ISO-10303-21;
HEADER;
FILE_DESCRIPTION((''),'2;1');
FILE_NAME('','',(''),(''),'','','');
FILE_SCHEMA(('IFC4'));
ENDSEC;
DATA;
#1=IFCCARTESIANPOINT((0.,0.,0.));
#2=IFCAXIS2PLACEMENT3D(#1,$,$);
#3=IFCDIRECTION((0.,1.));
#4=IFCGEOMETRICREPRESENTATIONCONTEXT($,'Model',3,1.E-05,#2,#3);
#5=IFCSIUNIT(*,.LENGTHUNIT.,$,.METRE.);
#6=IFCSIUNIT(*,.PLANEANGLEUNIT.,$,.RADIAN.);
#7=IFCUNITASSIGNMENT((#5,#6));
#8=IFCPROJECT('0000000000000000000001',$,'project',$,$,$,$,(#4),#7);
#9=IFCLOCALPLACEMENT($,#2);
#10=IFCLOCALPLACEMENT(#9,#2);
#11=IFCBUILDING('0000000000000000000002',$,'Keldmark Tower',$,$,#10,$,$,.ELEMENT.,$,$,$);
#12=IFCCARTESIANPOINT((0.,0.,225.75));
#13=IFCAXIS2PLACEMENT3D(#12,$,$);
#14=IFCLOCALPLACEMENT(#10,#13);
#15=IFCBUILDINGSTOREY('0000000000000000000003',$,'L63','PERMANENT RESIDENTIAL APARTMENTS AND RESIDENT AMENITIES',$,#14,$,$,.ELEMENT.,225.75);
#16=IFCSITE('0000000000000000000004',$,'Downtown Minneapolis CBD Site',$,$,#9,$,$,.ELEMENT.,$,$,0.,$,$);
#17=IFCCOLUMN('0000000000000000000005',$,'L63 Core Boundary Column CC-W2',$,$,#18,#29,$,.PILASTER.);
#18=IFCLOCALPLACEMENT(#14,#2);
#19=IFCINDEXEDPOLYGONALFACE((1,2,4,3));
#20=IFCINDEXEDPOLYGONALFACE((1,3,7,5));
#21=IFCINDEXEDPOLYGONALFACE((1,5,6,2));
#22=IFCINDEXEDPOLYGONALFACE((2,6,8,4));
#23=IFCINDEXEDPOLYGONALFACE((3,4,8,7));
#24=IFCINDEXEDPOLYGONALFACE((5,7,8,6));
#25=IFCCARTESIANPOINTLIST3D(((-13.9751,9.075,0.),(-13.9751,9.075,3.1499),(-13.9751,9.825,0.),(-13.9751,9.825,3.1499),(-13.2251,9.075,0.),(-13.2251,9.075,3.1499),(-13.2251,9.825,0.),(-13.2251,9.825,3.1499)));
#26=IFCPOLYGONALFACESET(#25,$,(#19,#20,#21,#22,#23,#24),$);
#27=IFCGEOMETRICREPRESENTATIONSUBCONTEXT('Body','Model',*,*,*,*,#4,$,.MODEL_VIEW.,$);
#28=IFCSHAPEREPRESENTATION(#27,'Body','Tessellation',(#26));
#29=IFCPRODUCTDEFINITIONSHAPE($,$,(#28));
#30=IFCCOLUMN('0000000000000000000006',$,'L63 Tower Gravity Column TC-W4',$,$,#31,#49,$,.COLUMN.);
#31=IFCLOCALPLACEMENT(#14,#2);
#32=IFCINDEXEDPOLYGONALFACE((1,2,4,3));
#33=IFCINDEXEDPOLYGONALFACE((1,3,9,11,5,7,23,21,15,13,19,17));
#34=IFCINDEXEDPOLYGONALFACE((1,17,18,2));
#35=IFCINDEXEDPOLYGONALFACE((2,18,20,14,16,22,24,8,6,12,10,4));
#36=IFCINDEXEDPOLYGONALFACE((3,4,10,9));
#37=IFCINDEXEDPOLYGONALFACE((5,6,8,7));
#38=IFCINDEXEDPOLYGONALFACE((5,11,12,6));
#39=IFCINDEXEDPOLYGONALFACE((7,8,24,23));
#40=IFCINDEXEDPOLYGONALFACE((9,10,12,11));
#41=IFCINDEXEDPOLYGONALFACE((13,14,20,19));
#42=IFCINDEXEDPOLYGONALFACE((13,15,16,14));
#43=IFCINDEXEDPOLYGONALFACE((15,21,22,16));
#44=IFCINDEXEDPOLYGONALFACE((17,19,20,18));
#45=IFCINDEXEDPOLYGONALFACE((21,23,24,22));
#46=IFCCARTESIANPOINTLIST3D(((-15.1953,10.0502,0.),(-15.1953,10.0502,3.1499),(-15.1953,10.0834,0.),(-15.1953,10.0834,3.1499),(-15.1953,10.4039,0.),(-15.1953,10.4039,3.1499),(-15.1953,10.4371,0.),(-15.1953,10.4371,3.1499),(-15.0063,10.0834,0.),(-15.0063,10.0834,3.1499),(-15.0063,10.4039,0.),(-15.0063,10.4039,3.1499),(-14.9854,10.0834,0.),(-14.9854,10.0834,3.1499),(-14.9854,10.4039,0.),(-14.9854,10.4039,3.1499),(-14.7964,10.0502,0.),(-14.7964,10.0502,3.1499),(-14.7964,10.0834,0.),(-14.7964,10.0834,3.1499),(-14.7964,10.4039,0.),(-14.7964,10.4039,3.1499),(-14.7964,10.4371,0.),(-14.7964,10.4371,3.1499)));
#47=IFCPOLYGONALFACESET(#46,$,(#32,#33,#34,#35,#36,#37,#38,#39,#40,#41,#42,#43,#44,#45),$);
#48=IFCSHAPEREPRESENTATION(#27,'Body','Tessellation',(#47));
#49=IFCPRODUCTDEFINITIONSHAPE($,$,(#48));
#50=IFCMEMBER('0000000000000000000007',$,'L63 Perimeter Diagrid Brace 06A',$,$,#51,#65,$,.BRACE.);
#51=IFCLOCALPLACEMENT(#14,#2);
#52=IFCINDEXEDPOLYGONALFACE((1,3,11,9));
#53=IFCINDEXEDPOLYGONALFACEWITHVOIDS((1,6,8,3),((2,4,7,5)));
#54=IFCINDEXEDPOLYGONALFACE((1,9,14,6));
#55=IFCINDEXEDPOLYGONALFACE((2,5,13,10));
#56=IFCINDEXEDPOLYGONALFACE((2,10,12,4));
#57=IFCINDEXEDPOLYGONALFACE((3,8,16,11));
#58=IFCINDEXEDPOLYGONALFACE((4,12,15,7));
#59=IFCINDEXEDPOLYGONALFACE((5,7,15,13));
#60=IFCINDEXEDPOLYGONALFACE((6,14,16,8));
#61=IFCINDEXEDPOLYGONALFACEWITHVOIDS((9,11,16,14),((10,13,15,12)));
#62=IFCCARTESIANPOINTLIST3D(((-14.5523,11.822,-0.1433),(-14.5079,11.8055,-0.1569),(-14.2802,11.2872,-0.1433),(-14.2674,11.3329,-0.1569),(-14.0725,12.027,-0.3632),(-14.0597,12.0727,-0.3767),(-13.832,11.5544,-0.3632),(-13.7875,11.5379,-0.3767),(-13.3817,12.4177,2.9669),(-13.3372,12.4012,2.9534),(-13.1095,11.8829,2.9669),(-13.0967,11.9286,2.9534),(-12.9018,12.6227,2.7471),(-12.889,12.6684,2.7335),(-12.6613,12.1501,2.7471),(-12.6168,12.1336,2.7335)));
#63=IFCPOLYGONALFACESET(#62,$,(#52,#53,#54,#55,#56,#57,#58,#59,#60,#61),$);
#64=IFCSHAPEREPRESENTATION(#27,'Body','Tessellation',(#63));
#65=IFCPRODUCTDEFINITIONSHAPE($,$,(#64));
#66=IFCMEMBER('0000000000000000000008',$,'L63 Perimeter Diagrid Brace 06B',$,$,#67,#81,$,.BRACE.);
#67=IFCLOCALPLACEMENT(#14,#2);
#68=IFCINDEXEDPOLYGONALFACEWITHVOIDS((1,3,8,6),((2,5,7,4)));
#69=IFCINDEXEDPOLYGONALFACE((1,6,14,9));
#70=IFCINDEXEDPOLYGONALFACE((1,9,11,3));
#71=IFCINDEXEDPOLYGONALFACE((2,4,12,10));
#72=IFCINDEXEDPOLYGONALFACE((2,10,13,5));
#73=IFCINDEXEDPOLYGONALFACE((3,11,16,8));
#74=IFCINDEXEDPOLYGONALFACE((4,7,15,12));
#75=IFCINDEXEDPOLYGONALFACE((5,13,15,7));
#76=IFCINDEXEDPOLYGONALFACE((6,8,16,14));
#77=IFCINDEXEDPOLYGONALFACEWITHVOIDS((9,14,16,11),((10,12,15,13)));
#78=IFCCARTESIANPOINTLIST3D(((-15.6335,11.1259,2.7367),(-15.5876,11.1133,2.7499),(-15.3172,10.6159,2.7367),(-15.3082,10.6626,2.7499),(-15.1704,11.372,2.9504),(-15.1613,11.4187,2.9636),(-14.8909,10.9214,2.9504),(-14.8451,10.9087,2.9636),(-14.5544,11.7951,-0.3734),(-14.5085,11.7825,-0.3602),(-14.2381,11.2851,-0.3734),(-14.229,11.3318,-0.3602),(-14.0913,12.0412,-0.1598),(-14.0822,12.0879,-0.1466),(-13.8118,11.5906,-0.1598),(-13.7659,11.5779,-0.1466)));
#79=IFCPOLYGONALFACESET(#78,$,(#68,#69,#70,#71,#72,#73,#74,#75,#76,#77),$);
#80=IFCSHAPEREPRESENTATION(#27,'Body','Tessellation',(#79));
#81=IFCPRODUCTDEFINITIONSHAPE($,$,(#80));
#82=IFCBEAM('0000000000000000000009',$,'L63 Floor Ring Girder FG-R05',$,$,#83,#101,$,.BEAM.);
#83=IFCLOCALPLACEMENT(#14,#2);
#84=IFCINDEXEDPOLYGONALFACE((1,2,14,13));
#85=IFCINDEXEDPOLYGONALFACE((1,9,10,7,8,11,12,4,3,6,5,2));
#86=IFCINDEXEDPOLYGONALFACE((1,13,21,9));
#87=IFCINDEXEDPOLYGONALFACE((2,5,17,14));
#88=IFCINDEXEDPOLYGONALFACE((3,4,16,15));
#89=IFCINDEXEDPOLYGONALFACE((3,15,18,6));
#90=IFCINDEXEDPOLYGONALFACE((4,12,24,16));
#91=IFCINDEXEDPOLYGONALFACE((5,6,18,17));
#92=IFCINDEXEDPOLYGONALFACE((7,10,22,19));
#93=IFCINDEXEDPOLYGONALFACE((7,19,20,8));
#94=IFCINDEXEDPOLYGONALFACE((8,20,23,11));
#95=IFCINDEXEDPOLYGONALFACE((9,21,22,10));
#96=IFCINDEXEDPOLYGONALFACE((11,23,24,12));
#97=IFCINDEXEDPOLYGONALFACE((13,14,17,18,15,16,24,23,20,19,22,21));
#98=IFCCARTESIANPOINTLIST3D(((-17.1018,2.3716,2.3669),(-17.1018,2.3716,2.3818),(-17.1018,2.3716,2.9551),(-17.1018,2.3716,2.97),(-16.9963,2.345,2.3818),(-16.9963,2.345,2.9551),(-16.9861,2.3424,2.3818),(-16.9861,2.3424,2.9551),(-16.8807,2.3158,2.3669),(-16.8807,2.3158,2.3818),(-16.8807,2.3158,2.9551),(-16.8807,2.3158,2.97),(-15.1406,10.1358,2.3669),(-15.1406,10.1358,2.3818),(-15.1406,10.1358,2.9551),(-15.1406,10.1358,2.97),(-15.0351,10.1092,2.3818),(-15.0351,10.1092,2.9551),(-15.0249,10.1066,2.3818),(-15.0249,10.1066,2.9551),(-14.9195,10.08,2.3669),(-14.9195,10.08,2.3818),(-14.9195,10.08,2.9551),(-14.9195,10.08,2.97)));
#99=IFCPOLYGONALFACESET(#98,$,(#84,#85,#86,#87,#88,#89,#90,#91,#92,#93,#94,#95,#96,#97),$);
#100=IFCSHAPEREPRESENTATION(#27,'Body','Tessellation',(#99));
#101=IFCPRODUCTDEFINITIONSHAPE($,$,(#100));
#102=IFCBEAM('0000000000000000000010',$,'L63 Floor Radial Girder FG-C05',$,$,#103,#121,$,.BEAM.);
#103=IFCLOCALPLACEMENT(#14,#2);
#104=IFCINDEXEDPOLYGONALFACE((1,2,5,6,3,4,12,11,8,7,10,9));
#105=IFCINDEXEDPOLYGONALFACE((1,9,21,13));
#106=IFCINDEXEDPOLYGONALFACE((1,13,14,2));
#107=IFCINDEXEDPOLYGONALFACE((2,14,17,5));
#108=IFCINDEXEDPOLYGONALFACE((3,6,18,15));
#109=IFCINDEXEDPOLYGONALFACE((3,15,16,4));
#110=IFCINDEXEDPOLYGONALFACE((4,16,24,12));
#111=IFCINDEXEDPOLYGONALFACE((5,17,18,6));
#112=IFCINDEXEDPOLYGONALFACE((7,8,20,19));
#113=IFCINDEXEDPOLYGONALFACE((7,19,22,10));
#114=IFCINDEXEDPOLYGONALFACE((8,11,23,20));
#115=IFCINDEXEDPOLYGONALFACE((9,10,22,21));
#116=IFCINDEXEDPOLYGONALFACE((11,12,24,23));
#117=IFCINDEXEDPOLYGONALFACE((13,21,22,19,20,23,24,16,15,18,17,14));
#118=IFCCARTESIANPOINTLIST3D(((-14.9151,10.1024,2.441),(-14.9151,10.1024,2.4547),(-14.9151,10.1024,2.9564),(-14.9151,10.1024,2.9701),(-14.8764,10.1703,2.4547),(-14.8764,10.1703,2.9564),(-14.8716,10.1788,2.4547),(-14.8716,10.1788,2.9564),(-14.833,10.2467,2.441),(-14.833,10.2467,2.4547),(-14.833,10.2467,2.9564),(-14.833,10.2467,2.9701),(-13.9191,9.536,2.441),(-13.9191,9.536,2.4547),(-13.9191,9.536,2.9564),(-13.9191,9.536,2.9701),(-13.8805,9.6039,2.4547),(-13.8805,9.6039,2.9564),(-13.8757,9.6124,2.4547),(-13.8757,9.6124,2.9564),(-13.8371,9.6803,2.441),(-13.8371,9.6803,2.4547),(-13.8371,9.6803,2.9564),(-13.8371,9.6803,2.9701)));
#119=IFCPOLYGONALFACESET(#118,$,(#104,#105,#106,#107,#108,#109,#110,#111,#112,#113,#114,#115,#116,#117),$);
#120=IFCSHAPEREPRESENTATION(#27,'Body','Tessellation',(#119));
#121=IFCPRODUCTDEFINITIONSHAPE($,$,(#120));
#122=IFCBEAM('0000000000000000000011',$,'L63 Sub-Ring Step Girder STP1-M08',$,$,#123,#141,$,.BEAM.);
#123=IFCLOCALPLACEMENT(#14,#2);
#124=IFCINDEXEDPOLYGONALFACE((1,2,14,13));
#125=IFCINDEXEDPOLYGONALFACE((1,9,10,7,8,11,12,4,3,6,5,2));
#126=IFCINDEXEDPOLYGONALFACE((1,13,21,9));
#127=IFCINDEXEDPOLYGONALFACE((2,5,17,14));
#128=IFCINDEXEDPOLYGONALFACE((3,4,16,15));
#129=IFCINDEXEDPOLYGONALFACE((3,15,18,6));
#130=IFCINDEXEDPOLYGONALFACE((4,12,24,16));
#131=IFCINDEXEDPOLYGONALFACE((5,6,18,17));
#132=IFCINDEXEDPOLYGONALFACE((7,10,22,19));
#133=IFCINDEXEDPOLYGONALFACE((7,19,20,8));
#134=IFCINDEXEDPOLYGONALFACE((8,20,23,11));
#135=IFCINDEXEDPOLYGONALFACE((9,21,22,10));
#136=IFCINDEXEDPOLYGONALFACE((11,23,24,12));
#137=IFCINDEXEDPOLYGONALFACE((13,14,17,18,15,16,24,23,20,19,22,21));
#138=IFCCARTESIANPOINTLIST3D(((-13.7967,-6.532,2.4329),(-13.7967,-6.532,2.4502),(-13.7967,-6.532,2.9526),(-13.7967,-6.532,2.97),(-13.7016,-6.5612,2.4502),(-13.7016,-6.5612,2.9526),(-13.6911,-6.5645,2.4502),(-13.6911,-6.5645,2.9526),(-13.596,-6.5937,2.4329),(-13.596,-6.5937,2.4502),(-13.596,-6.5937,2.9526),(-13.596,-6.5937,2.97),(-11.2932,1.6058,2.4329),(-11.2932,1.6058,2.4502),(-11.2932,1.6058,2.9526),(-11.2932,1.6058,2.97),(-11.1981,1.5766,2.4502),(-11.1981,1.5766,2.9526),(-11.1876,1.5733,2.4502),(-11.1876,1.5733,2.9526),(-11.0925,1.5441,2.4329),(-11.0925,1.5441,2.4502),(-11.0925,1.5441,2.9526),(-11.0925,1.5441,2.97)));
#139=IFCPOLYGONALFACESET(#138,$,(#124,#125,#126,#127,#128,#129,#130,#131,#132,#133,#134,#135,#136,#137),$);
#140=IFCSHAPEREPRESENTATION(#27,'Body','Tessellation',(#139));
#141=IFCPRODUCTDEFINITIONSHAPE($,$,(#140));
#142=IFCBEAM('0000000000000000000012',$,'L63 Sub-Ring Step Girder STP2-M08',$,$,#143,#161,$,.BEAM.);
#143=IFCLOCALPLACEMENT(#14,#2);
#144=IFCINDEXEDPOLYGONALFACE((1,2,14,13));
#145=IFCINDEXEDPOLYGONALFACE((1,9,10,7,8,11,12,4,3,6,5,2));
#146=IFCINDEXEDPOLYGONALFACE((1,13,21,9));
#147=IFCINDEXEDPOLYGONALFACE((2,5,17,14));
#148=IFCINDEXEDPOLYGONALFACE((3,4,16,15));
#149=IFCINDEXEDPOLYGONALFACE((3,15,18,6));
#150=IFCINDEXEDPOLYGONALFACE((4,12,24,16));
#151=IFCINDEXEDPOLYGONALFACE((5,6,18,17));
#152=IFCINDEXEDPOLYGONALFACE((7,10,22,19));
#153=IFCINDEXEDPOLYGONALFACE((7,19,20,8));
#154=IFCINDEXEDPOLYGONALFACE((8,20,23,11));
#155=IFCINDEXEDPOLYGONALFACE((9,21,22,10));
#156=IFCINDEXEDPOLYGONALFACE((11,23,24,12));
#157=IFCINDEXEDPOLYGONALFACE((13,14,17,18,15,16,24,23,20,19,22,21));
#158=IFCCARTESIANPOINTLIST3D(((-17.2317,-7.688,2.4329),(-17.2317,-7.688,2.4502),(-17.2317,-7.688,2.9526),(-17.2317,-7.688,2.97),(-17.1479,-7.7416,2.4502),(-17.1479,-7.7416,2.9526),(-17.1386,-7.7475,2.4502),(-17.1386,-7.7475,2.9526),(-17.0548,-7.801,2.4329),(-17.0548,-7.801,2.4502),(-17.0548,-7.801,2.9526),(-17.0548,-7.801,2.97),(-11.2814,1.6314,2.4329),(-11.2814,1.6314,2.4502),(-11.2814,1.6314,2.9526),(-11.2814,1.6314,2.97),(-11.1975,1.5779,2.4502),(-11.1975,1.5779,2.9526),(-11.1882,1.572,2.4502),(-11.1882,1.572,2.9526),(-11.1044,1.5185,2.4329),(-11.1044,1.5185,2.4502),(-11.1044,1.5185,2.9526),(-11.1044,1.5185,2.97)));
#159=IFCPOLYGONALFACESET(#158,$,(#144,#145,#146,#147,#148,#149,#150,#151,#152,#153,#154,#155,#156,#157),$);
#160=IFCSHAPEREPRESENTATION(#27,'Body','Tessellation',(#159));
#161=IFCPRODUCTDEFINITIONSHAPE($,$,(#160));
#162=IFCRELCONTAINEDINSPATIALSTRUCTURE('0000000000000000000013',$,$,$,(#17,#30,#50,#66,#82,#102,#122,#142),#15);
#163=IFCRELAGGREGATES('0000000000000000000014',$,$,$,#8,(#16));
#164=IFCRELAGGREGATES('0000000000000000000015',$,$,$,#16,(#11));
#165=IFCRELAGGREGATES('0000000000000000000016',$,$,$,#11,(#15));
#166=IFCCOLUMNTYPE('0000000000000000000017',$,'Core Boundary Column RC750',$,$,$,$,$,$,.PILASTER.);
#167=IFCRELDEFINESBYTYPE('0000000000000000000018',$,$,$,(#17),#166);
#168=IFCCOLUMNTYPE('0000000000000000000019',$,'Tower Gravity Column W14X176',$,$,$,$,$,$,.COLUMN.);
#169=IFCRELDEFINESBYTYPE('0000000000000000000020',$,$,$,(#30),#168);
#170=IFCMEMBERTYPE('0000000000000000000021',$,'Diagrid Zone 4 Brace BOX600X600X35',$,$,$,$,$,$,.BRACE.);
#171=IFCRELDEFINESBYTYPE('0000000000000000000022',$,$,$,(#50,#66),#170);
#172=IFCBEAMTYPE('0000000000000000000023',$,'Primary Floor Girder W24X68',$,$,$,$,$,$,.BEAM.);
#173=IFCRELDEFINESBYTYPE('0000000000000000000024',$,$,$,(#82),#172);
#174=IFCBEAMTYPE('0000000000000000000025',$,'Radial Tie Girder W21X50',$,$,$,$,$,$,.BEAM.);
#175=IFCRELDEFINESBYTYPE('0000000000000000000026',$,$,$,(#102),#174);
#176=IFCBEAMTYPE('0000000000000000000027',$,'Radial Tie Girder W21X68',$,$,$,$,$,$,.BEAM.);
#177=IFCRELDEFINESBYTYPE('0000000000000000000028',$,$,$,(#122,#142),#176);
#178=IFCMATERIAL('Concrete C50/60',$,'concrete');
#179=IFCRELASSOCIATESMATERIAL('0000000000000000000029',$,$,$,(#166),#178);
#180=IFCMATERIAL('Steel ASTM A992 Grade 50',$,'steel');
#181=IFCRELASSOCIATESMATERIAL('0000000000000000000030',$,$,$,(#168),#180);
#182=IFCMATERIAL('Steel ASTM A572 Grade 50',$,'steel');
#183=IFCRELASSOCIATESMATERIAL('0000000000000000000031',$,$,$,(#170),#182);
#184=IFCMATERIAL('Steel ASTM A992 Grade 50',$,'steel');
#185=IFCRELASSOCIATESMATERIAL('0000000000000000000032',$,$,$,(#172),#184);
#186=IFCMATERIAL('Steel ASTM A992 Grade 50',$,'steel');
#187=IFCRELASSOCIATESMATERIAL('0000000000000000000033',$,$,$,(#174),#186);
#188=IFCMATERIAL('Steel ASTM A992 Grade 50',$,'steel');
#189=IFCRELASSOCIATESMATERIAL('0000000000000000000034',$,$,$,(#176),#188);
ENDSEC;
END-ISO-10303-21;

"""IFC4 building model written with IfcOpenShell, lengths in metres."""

from ifc_helpers import new_model, si_unit, direction, frame, origin, origin_2d, place, context, subcontext, project, spatial, rectangle, hollow_rectangle, i_section, extrude, material, material_profile, profile_set, type_object, element, save


model = new_model("IFC4")

# Units and contexts
model_context = context("Model", 3, precision=1e-05, world=origin(), true_north=direction((0.0, 1.0)))
body_context = subcontext(model_context, "Body", "Model", "MODEL_VIEW")
ifc_project = project(units=[si_unit("LENGTHUNIT", "METRE"), si_unit("PLANEANGLEUNIT", "RADIAN")], contexts=[model_context])

# Site, building, storey
site_placement = place(None, origin())
site = spatial("IfcSite", under=ifc_project, at=site_placement, Name="Downtown Minneapolis CBD Site", CompositionType="ELEMENT", RefElevation=0.0)
building_placement = place(site_placement, origin())
building = spatial("IfcBuilding", under=site, at=building_placement, Name="Keldmark Tower", CompositionType="ELEMENT")
storey_placement = place(building_placement, frame((0.0, 0.0, 225.75)))
storey = spatial("IfcBuildingStorey", under=building, at=storey_placement, Name="L63", Description="PERMANENT RESIDENTIAL APARTMENTS AND RESIDENT AMENITIES", CompositionType="ELEMENT", Elevation=225.75)

# Columns
ifc_material_1 = material(Name="Concrete C50/60", Category="concrete")
ifc_material_profile_1 = material_profile(ifc_material_1, rectangle(XDim=0.75, YDim=0.75, at=origin_2d()), Name="RC750X750")
ifc_profile_set_1 = profile_set([ifc_material_profile_1], Name="Concrete C50/60")
column_type_1 = type_object("IfcColumnType", Name="Core Boundary Column RC750", PredefinedType="PILASTER", material=ifc_profile_set_1)
column_1_placement = place(storey_placement, frame((-13.6001, 9.45, 0.0), z_axis=(0.0, 0.0, 1.0), x_axis=(1.0, 0.0, 0.0)))
element("IfcColumn", 1, at=column_1_placement, inside=storey, type_object=column_type_1, Name="L63 Core Boundary Column CC-W2", PredefinedType="PILASTER", context=body_context, shape_type="SweptSolid", body=[
    extrude(rectangle(XDim=0.75, YDim=0.75, at=origin_2d()), origin(), (0.0, 0.0, 1.0), 3.1499),
])
ifc_material_2 = material(Name="Steel ASTM A992 Grade 50", Category="steel")
ifc_material_profile_2 = material_profile(ifc_material_2, i_section(OverallWidth=0.3989, OverallDepth=0.387, WebThickness=0.021, FlangeThickness=0.0332, at=origin_2d()), Name="W14X176")
ifc_profile_set_2 = profile_set([ifc_material_profile_2], Name="Steel ASTM A992 Grade 50")
column_type_2 = type_object("IfcColumnType", Name="Tower Gravity Column W14X176", PredefinedType="COLUMN", material=ifc_profile_set_2)
column_2_placement = place(storey_placement, frame((-14.9958, 10.2437, 0.0), z_axis=(0.0, 0.0, 1.0), x_axis=(1.0, 0.0, 0.0)))
element("IfcColumn", 2, at=column_2_placement, inside=storey, type_object=column_type_2, Name="L63 Tower Gravity Column TC-W4", PredefinedType="COLUMN", context=body_context, shape_type="SweptSolid", body=[
    extrude(i_section(OverallWidth=0.3989, OverallDepth=0.387, WebThickness=0.021, FlangeThickness=0.0332, at=origin_2d()), origin(), (0.0, 0.0, 1.0), 3.1499),
])

# Members
ifc_material_3 = material(Name="Steel ASTM A572 Grade 50", Category="steel")
ifc_material_profile_3 = material_profile(ifc_material_3, hollow_rectangle(XDim=0.6001, YDim=0.6001, WallThickness=0.0349, at=origin_2d()), Name="BOX600X600X35")
ifc_profile_set_3 = profile_set([ifc_material_profile_3], Name="Steel ASTM A572 Grade 50")
member_type = type_object("IfcMemberType", Name="Diagrid Zone 4 Brace BOX600X600X35", PredefinedType="BRACE", material=ifc_profile_set_3)
member_1_placement = place(storey_placement, frame((-14.1699, 11.6799, -0.26), z_axis=(0.346747, 0.176447, 0.921213), x_axis=(-0.453522, 0.891245, 0.0)))
element("IfcMember", 3, at=member_1_placement, inside=storey, type_object=member_type, Name="L63 Perimeter Diagrid Brace 06A", PredefinedType="BRACE", context=body_context, shape_type="SweptSolid", body=[
    extrude(hollow_rectangle(XDim=0.6001, YDim=0.6001, WallThickness=0.0349, at=origin_2d()), origin(), (0.0, 0.0, 1.0), 3.3762),
])
member_2_placement = place(storey_placement, frame((-14.1602, 11.6865, -0.26), z_axis=(-0.321226, -0.199204, 0.925814), x_axis=(0.527023, -0.849851, 0.0)))
element("IfcMember", 4, at=member_2_placement, inside=storey, type_object=member_type, Name="L63 Perimeter Diagrid Brace 06B", PredefinedType="BRACE", context=body_context, shape_type="SweptSolid", body=[
    extrude(hollow_rectangle(XDim=0.6001, YDim=0.6001, WallThickness=0.0349, at=origin_2d()), origin(), (0.0, 0.0, 1.0), 3.3594),
])

# Beams
ifc_material_4 = material(Name="Steel ASTM A992 Grade 50", Category="steel")
ifc_material_profile_4 = material_profile(ifc_material_4, i_section(OverallWidth=0.228, OverallDepth=0.603, WebThickness=0.0105, FlangeThickness=0.0149, at=origin_2d()), Name="W24X68")
ifc_profile_set_4 = profile_set([ifc_material_profile_4], Name="Steel ASTM A992 Grade 50")
beam_type_1 = type_object("IfcBeamType", Name="Primary Floor Girder W24X68", PredefinedType="BEAM", material=ifc_profile_set_4)
beam_1_placement = place(storey_placement, frame((-15.03, 10.1079, 2.6685), z_axis=(-0.244902, -0.969548, 0.0), x_axis=(0.969548, -0.244902, 0.0)))
element("IfcBeam", 5, at=beam_1_placement, inside=storey, type_object=beam_type_1, Name="L63 Floor Ring Girder FG-R05", PredefinedType="BEAM", context=body_context, shape_type="SweptSolid", body=[
    extrude(i_section(OverallWidth=0.228, OverallDepth=0.603, WebThickness=0.0105, FlangeThickness=0.0149, at=origin_2d()), origin(), (0.0, 0.0, 1.0), 8.0081),
])
ifc_material_5 = material(Name="Steel ASTM A992 Grade 50", Category="steel")
ifc_material_profile_5 = material_profile(ifc_material_5, i_section(OverallWidth=0.166, OverallDepth=0.5291, WebThickness=0.0098, FlangeThickness=0.0137, at=origin_2d()), Name="W21X50")
ifc_profile_set_5 = profile_set([ifc_material_profile_5], Name="Steel ASTM A992 Grade 50")
beam_type_2 = type_object("IfcBeamType", Name="Radial Tie Girder W21X50", PredefinedType="BEAM", material=ifc_profile_set_5)
beam_2_placement = place(storey_placement, frame((-14.874, 10.1746, 2.7056), z_axis=(0.869238, -0.494394, 0.0), x_axis=(0.494394, 0.869238, 0.0)))
element("IfcBeam", 6, at=beam_2_placement, inside=storey, type_object=beam_type_2, Name="L63 Floor Radial Girder FG-C05", PredefinedType="BEAM", context=body_context, shape_type="SweptSolid", body=[
    extrude(i_section(OverallWidth=0.166, OverallDepth=0.5291, WebThickness=0.0098, FlangeThickness=0.0137, at=origin_2d()), origin(), (0.0, 0.0, 1.0), 1.1458),
])
ifc_material_6 = material(Name="Steel ASTM A992 Grade 50", Category="steel")
ifc_material_profile_6 = material_profile(ifc_material_6, i_section(OverallWidth=0.21, OverallDepth=0.5371, WebThickness=0.011, FlangeThickness=0.0173, at=origin_2d()), Name="W21X68")
ifc_profile_set_6 = profile_set([ifc_material_profile_6], Name="Steel ASTM A992 Grade 50")
beam_type_3 = type_object("IfcBeamType", Name="Radial Tie Girder W21X68", PredefinedType="BEAM", material=ifc_profile_set_6)
beam_3_placement = place(storey_placement, frame((-11.1929, 1.575, 2.7014), z_axis=(-0.294033, -0.955795, 0.0), x_axis=(0.955795, -0.294033, 0.0)))
element("IfcBeam", 7, at=beam_3_placement, inside=storey, type_object=beam_type_3, Name="L63 Sub-Ring Step Girder STP1-M08", PredefinedType="BEAM", context=body_context, shape_type="SweptSolid", body=[
    extrude(i_section(OverallWidth=0.21, OverallDepth=0.5371, WebThickness=0.011, FlangeThickness=0.0173, at=origin_2d()), origin(), (0.0, 0.0, 1.0), 8.5142),
])
beam_4_placement = place(storey_placement, frame((-11.1929, 1.575, 2.7014), z_axis=(-0.538149, -0.84285, 0.0), x_axis=(0.84285, -0.538149, 0.0)))
element("IfcBeam", 8, at=beam_4_placement, inside=storey, type_object=beam_type_3, Name="L63 Sub-Ring Step Girder STP2-M08", PredefinedType="BEAM", context=body_context, shape_type="SweptSolid", body=[
    extrude(i_section(OverallWidth=0.21, OverallDepth=0.5371, WebThickness=0.011, FlangeThickness=0.0173, at=origin_2d()), origin(), (0.0, 0.0, 1.0), 11.0571),
])

save(model, "model.ifc")
